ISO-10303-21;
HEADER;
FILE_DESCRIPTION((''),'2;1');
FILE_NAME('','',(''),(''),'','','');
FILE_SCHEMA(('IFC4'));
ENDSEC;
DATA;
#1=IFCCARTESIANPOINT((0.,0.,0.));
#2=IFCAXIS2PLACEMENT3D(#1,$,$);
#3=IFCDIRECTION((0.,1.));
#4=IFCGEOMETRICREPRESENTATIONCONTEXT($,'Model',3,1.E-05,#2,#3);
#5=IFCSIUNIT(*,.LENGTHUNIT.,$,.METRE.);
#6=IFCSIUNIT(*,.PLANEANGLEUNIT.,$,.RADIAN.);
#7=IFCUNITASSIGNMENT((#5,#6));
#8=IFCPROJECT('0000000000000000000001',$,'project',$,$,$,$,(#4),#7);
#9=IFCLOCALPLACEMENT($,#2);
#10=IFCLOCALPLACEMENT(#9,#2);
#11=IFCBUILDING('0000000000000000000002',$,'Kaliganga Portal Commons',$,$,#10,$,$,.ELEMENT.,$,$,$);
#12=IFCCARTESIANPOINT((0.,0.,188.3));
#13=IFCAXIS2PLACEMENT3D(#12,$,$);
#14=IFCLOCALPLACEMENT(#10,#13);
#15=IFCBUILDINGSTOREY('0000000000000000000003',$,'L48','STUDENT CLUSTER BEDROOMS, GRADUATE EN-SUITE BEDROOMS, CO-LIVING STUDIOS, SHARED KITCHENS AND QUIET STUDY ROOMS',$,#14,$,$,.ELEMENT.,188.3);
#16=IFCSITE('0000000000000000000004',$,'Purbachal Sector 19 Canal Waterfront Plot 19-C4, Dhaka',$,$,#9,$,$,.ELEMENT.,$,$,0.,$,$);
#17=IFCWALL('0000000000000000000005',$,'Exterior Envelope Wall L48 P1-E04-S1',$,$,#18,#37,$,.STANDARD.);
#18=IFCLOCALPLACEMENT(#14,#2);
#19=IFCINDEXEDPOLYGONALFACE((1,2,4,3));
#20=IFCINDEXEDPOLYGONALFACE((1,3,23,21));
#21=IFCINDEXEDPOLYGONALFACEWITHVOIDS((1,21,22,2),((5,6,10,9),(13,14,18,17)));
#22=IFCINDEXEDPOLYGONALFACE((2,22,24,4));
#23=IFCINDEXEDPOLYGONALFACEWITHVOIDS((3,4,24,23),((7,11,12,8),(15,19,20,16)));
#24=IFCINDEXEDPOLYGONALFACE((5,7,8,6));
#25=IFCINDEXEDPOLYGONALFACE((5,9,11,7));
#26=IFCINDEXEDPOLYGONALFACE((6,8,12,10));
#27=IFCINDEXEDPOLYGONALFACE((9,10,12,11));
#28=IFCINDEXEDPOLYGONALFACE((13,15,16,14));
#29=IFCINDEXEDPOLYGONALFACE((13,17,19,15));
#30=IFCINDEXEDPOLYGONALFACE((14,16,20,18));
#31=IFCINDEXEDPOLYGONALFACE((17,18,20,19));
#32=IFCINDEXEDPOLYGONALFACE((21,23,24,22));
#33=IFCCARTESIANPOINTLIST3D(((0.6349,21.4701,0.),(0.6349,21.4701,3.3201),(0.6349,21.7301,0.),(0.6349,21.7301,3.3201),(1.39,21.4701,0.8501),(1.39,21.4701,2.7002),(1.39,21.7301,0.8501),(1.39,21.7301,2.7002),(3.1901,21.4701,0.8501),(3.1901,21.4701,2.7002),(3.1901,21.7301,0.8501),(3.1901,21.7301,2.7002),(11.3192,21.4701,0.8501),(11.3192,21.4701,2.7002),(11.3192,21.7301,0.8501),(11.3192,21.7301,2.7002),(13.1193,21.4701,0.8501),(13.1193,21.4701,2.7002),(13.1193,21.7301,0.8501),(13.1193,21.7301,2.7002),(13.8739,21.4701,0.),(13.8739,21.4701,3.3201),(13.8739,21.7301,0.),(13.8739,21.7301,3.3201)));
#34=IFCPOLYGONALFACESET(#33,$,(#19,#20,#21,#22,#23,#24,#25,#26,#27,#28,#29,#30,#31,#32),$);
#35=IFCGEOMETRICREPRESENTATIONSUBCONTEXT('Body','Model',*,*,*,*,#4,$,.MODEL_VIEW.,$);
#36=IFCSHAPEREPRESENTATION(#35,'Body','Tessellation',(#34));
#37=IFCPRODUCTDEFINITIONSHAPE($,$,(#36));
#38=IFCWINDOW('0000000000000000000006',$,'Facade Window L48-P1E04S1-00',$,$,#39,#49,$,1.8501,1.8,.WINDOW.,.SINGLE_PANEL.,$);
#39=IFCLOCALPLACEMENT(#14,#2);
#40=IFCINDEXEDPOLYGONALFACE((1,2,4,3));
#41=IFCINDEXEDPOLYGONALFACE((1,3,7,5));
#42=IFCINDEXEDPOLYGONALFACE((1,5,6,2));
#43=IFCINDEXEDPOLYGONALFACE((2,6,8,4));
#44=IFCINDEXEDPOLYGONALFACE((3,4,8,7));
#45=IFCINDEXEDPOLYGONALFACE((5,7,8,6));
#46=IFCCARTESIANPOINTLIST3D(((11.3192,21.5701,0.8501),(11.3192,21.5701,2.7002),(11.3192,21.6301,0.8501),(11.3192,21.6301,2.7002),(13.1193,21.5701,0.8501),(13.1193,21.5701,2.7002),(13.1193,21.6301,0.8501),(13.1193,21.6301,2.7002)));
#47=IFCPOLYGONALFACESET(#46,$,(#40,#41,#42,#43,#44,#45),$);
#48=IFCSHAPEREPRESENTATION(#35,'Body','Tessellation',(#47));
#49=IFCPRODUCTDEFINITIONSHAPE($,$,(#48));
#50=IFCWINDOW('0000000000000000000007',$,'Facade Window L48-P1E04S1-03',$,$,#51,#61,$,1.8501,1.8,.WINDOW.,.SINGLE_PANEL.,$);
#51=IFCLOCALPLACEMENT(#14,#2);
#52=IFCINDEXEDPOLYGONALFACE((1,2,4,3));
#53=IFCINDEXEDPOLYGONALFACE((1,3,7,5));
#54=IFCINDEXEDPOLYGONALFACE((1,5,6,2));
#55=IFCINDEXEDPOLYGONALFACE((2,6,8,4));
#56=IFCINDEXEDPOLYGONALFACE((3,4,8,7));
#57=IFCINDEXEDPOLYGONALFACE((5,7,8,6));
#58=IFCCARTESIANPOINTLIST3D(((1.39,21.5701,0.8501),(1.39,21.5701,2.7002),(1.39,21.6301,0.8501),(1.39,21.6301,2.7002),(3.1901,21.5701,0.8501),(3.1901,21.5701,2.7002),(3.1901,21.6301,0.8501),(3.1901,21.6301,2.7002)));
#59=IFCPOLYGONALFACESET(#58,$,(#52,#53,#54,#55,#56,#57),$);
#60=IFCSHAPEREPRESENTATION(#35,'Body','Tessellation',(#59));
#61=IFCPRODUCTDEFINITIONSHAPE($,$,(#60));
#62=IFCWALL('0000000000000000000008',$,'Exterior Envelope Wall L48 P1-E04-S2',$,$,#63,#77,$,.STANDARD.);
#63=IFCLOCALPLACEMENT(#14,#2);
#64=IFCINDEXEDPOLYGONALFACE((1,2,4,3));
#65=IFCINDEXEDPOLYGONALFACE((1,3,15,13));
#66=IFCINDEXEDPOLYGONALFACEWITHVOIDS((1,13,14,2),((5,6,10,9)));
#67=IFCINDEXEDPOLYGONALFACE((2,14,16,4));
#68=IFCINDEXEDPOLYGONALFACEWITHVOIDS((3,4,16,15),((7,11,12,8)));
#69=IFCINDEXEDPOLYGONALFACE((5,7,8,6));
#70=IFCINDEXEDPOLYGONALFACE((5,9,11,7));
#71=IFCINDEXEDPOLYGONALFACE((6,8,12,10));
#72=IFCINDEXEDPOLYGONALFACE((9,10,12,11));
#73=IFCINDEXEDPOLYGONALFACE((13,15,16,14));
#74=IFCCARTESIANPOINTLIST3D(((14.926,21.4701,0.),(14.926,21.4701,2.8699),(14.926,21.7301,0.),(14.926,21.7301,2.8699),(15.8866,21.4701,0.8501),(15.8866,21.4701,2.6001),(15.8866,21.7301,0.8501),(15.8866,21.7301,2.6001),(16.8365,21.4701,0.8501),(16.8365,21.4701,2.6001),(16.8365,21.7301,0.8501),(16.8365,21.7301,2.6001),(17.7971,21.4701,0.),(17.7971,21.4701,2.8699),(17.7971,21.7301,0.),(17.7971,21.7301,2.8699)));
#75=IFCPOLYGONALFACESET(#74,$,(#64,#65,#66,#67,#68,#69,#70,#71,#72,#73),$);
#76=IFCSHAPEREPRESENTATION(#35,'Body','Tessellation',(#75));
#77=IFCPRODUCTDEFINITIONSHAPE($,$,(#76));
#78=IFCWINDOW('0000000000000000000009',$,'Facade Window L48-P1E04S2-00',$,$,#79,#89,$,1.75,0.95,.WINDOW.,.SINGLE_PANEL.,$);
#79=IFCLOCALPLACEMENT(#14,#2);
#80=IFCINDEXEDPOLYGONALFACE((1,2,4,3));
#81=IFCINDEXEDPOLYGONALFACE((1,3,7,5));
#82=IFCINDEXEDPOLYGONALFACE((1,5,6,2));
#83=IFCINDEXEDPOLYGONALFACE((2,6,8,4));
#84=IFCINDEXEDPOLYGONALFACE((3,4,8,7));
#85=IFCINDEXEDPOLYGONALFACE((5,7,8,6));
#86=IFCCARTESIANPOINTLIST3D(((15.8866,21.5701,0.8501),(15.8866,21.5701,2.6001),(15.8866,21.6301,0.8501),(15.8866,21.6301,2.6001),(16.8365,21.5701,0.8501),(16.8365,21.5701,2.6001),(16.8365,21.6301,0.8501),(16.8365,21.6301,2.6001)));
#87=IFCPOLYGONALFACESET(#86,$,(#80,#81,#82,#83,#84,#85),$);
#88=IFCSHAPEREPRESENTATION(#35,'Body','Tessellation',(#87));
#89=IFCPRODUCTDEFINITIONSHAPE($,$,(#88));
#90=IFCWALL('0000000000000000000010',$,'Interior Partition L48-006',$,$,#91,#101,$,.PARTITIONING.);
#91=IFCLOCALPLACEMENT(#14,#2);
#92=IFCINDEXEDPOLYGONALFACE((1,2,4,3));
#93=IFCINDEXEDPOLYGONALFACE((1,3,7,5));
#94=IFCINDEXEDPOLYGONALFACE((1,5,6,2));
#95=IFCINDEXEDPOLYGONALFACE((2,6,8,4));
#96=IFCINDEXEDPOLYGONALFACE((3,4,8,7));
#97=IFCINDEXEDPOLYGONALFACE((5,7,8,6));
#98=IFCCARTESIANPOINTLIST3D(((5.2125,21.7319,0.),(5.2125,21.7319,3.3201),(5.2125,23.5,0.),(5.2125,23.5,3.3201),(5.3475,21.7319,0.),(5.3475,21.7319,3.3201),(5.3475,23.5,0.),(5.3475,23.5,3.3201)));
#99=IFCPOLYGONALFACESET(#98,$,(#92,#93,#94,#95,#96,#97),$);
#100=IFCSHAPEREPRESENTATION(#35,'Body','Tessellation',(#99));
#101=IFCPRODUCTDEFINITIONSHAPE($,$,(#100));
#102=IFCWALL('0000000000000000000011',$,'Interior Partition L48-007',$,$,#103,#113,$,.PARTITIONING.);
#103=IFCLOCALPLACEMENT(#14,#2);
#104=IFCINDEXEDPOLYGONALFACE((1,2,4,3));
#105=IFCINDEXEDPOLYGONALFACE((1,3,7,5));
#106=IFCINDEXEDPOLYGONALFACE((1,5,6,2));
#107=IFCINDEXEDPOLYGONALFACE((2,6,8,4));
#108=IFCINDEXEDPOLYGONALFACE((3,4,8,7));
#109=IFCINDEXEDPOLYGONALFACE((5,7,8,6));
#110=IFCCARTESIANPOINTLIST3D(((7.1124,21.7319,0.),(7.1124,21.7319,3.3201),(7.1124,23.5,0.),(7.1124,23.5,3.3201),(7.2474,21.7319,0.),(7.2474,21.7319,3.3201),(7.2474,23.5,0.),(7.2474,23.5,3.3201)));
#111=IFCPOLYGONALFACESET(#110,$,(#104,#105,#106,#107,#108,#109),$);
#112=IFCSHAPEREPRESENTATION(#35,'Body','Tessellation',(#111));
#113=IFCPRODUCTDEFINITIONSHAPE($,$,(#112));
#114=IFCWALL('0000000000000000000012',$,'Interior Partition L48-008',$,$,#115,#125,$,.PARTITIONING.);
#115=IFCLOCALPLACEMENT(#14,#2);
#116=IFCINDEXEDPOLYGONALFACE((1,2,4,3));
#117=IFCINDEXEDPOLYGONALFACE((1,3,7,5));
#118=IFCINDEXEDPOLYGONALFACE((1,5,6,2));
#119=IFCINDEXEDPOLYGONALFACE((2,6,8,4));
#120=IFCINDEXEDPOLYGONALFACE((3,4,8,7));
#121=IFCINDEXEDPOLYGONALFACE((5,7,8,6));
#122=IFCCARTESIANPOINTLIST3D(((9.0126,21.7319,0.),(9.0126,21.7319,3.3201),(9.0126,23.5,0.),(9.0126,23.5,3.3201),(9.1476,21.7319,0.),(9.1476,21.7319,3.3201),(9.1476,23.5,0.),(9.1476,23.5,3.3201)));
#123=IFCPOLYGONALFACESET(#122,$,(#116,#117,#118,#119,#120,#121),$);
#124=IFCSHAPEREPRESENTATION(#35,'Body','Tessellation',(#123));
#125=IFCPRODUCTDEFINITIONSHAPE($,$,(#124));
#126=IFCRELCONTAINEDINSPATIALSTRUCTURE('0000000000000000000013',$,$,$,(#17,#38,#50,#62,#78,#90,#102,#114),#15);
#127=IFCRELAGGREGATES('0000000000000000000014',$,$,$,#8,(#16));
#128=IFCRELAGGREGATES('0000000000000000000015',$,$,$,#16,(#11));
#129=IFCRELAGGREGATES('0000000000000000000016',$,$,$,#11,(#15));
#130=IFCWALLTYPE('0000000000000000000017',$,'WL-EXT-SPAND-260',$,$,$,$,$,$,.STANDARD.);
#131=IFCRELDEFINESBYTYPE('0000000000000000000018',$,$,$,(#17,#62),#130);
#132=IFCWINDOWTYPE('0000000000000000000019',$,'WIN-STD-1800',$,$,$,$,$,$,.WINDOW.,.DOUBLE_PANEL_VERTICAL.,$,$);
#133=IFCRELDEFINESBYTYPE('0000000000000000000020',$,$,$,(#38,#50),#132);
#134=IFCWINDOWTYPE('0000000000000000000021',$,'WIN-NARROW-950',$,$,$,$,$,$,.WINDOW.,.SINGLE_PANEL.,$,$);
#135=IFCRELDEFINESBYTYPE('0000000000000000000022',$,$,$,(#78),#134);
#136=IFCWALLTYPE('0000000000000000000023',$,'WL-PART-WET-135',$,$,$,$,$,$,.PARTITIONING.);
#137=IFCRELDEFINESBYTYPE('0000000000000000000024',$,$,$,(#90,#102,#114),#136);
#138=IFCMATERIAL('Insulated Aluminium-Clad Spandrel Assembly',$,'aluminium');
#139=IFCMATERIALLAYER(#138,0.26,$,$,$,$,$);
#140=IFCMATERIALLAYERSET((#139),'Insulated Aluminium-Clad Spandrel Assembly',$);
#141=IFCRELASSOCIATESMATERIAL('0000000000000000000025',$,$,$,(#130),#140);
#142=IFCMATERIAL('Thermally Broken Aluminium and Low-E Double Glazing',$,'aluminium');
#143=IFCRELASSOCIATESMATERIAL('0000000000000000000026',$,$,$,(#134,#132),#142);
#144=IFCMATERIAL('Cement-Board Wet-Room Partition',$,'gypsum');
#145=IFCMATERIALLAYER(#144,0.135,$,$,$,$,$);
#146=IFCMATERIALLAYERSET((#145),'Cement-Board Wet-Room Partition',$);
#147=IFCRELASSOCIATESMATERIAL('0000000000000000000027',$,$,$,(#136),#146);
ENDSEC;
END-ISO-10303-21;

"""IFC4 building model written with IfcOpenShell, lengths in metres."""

from ifc_helpers import new_model, si_unit, direction, frame, frame_2d, origin, place, context, subcontext, project, spatial, rectangle, extrude, material, layer, layer_set, type_object, element, fill, save


model = new_model("IFC4")

# Units and contexts
model_context = context("Model", 3, precision=1e-05, world=origin(), true_north=direction((0.0, 1.0)))
body_context = subcontext(model_context, "Body", "Model", "MODEL_VIEW")
ifc_project = project(units=[si_unit("LENGTHUNIT", "METRE"), si_unit("PLANEANGLEUNIT", "RADIAN")], contexts=[model_context])

# Site, building, storey
site_placement = place(None, origin())
site = spatial("IfcSite", under=ifc_project, at=site_placement, Name="Purbachal Sector 19 Canal Waterfront Plot 19-C4, Dhaka", CompositionType="ELEMENT", RefElevation=0.0)
building_placement = place(site_placement, origin())
building = spatial("IfcBuilding", under=site, at=building_placement, Name="Kaliganga Portal Commons", CompositionType="ELEMENT")
storey_placement = place(building_placement, frame((0.0, 0.0, 188.3)))
storey = spatial("IfcBuildingStorey", under=building, at=storey_placement, Name="L48", Description="STUDENT CLUSTER BEDROOMS, GRADUATE EN-SUITE BEDROOMS, CO-LIVING STUDIOS, SHARED KITCHENS AND QUIET STUDY ROOMS", CompositionType="ELEMENT", Elevation=188.3)

# Wall, openings, windows
ifc_material_1 = material(Name="Insulated Aluminium-Clad Spandrel Assembly", Category="aluminium")
ifc_layer_1 = layer(ifc_material_1, 0.26)
ifc_layer_set_1 = layer_set([ifc_layer_1], Name="Insulated Aluminium-Clad Spandrel Assembly")
wall_type_1 = type_object("IfcWallType", Name="WL-EXT-SPAND-260", PredefinedType="STANDARD", material=ifc_layer_set_1)
ifc_material_2 = material(Name="Thermally Broken Aluminium and Low-E Double Glazing", Category="aluminium")
window_type_1 = type_object("IfcWindowType", Name="WIN-NARROW-950", PartitioningType="SINGLE_PANEL", PredefinedType="WINDOW", material=ifc_material_2)
window_type_2 = type_object("IfcWindowType", Name="WIN-STD-1800", PartitioningType="DOUBLE_PANEL_VERTICAL", PredefinedType="WINDOW", material=ifc_material_2)
wall_1_placement = place(storey_placement, frame((13.874, 21.6001, 0.0), z_axis=(0.0, 0.0, 1.0), x_axis=(-1.0, 0.0, 0.0)))
wall_1 = element("IfcWall", 1, at=wall_1_placement, inside=storey, type_object=wall_type_1, Name="Exterior Envelope Wall L48 P1-E04-S1", PredefinedType="STANDARD", context=body_context, shape_type="SweptSolid", body=[
    extrude(rectangle(XDim=13.239, YDim=0.26, at=frame_2d((6.6196, 0.0))), origin(), (0.0, 0.0, 1.0), 3.3201),
])
opening_1_placement = place(wall_1_placement, frame((0.7549, 0.0, 0.8501)))
opening_1 = element("IfcOpeningElement", 2, at=opening_1_placement, cuts=wall_1, PredefinedType="OPENING", context=body_context, shape_type="SweptSolid", body=[
    extrude(rectangle(XDim=1.8, YDim=1.8501, at=frame_2d((0.8999, 0.925))), frame((0.0, 0.1401, 0.0), z_axis=(0.0, -1.0, 0.0), x_axis=(1.0, 0.0, 0.0)), (0.0, 0.0, 1.0), 0.28),
])
opening_2_placement = place(wall_1_placement, frame((10.6841, 0.0, 0.8501)))
opening_2 = element("IfcOpeningElement", 3, at=opening_2_placement, cuts=wall_1, PredefinedType="OPENING", context=body_context, shape_type="SweptSolid", body=[
    extrude(rectangle(XDim=1.8, YDim=1.8501, at=frame_2d((0.8999, 0.925))), frame((0.0, 0.1401, 0.0), z_axis=(0.0, -1.0, 0.0), x_axis=(1.0, 0.0, 0.0)), (0.0, 0.0, 1.0), 0.28),
])
window_1_placement = place(opening_1_placement, origin())
window_1 = element("IfcWindow", 4, at=window_1_placement, inside=storey, type_object=window_type_2, Name="Facade Window L48-P1E04S1-00", OverallHeight=1.8501, OverallWidth=1.8, PartitioningType="SINGLE_PANEL", PredefinedType="WINDOW", context=body_context, shape_type="SweptSolid", body=[
    extrude(rectangle(XDim=1.8, YDim=1.8501, at=frame_2d((0.8999, 0.925))), frame((0.0, 0.03, 0.0), z_axis=(0.0, -1.0, 0.0), x_axis=(1.0, 0.0, 0.0)), (0.0, 0.0, 1.0), 0.0601),
])
fill(opening_1, window_1)
window_2_placement = place(opening_2_placement, origin())
window_2 = element("IfcWindow", 5, at=window_2_placement, inside=storey, type_object=window_type_2, Name="Facade Window L48-P1E04S1-03", OverallHeight=1.8501, OverallWidth=1.8, PartitioningType="SINGLE_PANEL", PredefinedType="WINDOW", context=body_context, shape_type="SweptSolid", body=[
    extrude(rectangle(XDim=1.8, YDim=1.8501, at=frame_2d((0.8999, 0.925))), frame((0.0, 0.03, 0.0), z_axis=(0.0, -1.0, 0.0), x_axis=(1.0, 0.0, 0.0)), (0.0, 0.0, 1.0), 0.0601),
])
fill(opening_2, window_2)

# Wall, opening, window
wall_2_placement = place(storey_placement, frame((17.7971, 21.6001, 0.0), z_axis=(0.0, 0.0, 1.0), x_axis=(-1.0, 0.0, 0.0)))
wall_2 = element("IfcWall", 6, at=wall_2_placement, inside=storey, type_object=wall_type_1, Name="Exterior Envelope Wall L48 P1-E04-S2", PredefinedType="STANDARD", context=body_context, shape_type="SweptSolid", body=[
    extrude(rectangle(XDim=2.8711, YDim=0.26, at=frame_2d((1.4355, 0.0))), origin(), (0.0, 0.0, 1.0), 2.8699),
])
opening_3_placement = place(wall_2_placement, frame((0.9604, 0.0, 0.8501)))
opening_3 = element("IfcOpeningElement", 7, at=opening_3_placement, cuts=wall_2, PredefinedType="OPENING", context=body_context, shape_type="SweptSolid", body=[
    extrude(rectangle(XDim=0.95, YDim=1.75, at=frame_2d((0.4751, 0.875))), frame((0.0, 0.1401, 0.0), z_axis=(0.0, -1.0, 0.0), x_axis=(1.0, 0.0, 0.0)), (0.0, 0.0, 1.0), 0.28),
])
window_3_placement = place(opening_3_placement, origin())
window_3 = element("IfcWindow", 8, at=window_3_placement, inside=storey, type_object=window_type_1, Name="Facade Window L48-P1E04S2-00", OverallHeight=1.75, OverallWidth=0.95, PartitioningType="SINGLE_PANEL", PredefinedType="WINDOW", context=body_context, shape_type="SweptSolid", body=[
    extrude(rectangle(XDim=0.95, YDim=1.75, at=frame_2d((0.4751, 0.875))), frame((0.0, 0.03, 0.0), z_axis=(0.0, -1.0, 0.0), x_axis=(1.0, 0.0, 0.0)), (0.0, 0.0, 1.0), 0.0601),
])
fill(opening_3, window_3)

# Walls
ifc_material_3 = material(Name="Cement-Board Wet-Room Partition", Category="gypsum")
ifc_layer_2 = layer(ifc_material_3, 0.135)
ifc_layer_set_2 = layer_set([ifc_layer_2], Name="Cement-Board Wet-Room Partition")
wall_type_2 = type_object("IfcWallType", Name="WL-PART-WET-135", PredefinedType="PARTITIONING", material=ifc_layer_set_2)
for number, where, z_axis, x_axis, name in (
    (9, (5.28, 21.7319, 0.0), (0.0, 0.0, 1.0), (0.0, 1.0, 0.0), "Interior Partition L48-006"),
    (10, (7.1799, 21.7319, 0.0), (0.0, 0.0, 1.0), (0.0, 1.0, 0.0), "Interior Partition L48-007"),
    (11, (9.0801, 21.7319, 0.0), (0.0, 0.0, 1.0), (0.0, 1.0, 0.0), "Interior Partition L48-008"),
):
    element("IfcWall", number, at=place(storey_placement, frame(where, z_axis=z_axis, x_axis=x_axis)), inside=storey, type_object=wall_type_2, Name=name, PredefinedType="PARTITIONING", context=body_context, shape_type="SweptSolid", body=[
        extrude(rectangle(XDim=1.7681, YDim=0.135, at=frame_2d((0.884, 0.0))), origin(), (0.0, 0.0, 1.0), 3.3201),
    ])

save(model, "model.ifc")
